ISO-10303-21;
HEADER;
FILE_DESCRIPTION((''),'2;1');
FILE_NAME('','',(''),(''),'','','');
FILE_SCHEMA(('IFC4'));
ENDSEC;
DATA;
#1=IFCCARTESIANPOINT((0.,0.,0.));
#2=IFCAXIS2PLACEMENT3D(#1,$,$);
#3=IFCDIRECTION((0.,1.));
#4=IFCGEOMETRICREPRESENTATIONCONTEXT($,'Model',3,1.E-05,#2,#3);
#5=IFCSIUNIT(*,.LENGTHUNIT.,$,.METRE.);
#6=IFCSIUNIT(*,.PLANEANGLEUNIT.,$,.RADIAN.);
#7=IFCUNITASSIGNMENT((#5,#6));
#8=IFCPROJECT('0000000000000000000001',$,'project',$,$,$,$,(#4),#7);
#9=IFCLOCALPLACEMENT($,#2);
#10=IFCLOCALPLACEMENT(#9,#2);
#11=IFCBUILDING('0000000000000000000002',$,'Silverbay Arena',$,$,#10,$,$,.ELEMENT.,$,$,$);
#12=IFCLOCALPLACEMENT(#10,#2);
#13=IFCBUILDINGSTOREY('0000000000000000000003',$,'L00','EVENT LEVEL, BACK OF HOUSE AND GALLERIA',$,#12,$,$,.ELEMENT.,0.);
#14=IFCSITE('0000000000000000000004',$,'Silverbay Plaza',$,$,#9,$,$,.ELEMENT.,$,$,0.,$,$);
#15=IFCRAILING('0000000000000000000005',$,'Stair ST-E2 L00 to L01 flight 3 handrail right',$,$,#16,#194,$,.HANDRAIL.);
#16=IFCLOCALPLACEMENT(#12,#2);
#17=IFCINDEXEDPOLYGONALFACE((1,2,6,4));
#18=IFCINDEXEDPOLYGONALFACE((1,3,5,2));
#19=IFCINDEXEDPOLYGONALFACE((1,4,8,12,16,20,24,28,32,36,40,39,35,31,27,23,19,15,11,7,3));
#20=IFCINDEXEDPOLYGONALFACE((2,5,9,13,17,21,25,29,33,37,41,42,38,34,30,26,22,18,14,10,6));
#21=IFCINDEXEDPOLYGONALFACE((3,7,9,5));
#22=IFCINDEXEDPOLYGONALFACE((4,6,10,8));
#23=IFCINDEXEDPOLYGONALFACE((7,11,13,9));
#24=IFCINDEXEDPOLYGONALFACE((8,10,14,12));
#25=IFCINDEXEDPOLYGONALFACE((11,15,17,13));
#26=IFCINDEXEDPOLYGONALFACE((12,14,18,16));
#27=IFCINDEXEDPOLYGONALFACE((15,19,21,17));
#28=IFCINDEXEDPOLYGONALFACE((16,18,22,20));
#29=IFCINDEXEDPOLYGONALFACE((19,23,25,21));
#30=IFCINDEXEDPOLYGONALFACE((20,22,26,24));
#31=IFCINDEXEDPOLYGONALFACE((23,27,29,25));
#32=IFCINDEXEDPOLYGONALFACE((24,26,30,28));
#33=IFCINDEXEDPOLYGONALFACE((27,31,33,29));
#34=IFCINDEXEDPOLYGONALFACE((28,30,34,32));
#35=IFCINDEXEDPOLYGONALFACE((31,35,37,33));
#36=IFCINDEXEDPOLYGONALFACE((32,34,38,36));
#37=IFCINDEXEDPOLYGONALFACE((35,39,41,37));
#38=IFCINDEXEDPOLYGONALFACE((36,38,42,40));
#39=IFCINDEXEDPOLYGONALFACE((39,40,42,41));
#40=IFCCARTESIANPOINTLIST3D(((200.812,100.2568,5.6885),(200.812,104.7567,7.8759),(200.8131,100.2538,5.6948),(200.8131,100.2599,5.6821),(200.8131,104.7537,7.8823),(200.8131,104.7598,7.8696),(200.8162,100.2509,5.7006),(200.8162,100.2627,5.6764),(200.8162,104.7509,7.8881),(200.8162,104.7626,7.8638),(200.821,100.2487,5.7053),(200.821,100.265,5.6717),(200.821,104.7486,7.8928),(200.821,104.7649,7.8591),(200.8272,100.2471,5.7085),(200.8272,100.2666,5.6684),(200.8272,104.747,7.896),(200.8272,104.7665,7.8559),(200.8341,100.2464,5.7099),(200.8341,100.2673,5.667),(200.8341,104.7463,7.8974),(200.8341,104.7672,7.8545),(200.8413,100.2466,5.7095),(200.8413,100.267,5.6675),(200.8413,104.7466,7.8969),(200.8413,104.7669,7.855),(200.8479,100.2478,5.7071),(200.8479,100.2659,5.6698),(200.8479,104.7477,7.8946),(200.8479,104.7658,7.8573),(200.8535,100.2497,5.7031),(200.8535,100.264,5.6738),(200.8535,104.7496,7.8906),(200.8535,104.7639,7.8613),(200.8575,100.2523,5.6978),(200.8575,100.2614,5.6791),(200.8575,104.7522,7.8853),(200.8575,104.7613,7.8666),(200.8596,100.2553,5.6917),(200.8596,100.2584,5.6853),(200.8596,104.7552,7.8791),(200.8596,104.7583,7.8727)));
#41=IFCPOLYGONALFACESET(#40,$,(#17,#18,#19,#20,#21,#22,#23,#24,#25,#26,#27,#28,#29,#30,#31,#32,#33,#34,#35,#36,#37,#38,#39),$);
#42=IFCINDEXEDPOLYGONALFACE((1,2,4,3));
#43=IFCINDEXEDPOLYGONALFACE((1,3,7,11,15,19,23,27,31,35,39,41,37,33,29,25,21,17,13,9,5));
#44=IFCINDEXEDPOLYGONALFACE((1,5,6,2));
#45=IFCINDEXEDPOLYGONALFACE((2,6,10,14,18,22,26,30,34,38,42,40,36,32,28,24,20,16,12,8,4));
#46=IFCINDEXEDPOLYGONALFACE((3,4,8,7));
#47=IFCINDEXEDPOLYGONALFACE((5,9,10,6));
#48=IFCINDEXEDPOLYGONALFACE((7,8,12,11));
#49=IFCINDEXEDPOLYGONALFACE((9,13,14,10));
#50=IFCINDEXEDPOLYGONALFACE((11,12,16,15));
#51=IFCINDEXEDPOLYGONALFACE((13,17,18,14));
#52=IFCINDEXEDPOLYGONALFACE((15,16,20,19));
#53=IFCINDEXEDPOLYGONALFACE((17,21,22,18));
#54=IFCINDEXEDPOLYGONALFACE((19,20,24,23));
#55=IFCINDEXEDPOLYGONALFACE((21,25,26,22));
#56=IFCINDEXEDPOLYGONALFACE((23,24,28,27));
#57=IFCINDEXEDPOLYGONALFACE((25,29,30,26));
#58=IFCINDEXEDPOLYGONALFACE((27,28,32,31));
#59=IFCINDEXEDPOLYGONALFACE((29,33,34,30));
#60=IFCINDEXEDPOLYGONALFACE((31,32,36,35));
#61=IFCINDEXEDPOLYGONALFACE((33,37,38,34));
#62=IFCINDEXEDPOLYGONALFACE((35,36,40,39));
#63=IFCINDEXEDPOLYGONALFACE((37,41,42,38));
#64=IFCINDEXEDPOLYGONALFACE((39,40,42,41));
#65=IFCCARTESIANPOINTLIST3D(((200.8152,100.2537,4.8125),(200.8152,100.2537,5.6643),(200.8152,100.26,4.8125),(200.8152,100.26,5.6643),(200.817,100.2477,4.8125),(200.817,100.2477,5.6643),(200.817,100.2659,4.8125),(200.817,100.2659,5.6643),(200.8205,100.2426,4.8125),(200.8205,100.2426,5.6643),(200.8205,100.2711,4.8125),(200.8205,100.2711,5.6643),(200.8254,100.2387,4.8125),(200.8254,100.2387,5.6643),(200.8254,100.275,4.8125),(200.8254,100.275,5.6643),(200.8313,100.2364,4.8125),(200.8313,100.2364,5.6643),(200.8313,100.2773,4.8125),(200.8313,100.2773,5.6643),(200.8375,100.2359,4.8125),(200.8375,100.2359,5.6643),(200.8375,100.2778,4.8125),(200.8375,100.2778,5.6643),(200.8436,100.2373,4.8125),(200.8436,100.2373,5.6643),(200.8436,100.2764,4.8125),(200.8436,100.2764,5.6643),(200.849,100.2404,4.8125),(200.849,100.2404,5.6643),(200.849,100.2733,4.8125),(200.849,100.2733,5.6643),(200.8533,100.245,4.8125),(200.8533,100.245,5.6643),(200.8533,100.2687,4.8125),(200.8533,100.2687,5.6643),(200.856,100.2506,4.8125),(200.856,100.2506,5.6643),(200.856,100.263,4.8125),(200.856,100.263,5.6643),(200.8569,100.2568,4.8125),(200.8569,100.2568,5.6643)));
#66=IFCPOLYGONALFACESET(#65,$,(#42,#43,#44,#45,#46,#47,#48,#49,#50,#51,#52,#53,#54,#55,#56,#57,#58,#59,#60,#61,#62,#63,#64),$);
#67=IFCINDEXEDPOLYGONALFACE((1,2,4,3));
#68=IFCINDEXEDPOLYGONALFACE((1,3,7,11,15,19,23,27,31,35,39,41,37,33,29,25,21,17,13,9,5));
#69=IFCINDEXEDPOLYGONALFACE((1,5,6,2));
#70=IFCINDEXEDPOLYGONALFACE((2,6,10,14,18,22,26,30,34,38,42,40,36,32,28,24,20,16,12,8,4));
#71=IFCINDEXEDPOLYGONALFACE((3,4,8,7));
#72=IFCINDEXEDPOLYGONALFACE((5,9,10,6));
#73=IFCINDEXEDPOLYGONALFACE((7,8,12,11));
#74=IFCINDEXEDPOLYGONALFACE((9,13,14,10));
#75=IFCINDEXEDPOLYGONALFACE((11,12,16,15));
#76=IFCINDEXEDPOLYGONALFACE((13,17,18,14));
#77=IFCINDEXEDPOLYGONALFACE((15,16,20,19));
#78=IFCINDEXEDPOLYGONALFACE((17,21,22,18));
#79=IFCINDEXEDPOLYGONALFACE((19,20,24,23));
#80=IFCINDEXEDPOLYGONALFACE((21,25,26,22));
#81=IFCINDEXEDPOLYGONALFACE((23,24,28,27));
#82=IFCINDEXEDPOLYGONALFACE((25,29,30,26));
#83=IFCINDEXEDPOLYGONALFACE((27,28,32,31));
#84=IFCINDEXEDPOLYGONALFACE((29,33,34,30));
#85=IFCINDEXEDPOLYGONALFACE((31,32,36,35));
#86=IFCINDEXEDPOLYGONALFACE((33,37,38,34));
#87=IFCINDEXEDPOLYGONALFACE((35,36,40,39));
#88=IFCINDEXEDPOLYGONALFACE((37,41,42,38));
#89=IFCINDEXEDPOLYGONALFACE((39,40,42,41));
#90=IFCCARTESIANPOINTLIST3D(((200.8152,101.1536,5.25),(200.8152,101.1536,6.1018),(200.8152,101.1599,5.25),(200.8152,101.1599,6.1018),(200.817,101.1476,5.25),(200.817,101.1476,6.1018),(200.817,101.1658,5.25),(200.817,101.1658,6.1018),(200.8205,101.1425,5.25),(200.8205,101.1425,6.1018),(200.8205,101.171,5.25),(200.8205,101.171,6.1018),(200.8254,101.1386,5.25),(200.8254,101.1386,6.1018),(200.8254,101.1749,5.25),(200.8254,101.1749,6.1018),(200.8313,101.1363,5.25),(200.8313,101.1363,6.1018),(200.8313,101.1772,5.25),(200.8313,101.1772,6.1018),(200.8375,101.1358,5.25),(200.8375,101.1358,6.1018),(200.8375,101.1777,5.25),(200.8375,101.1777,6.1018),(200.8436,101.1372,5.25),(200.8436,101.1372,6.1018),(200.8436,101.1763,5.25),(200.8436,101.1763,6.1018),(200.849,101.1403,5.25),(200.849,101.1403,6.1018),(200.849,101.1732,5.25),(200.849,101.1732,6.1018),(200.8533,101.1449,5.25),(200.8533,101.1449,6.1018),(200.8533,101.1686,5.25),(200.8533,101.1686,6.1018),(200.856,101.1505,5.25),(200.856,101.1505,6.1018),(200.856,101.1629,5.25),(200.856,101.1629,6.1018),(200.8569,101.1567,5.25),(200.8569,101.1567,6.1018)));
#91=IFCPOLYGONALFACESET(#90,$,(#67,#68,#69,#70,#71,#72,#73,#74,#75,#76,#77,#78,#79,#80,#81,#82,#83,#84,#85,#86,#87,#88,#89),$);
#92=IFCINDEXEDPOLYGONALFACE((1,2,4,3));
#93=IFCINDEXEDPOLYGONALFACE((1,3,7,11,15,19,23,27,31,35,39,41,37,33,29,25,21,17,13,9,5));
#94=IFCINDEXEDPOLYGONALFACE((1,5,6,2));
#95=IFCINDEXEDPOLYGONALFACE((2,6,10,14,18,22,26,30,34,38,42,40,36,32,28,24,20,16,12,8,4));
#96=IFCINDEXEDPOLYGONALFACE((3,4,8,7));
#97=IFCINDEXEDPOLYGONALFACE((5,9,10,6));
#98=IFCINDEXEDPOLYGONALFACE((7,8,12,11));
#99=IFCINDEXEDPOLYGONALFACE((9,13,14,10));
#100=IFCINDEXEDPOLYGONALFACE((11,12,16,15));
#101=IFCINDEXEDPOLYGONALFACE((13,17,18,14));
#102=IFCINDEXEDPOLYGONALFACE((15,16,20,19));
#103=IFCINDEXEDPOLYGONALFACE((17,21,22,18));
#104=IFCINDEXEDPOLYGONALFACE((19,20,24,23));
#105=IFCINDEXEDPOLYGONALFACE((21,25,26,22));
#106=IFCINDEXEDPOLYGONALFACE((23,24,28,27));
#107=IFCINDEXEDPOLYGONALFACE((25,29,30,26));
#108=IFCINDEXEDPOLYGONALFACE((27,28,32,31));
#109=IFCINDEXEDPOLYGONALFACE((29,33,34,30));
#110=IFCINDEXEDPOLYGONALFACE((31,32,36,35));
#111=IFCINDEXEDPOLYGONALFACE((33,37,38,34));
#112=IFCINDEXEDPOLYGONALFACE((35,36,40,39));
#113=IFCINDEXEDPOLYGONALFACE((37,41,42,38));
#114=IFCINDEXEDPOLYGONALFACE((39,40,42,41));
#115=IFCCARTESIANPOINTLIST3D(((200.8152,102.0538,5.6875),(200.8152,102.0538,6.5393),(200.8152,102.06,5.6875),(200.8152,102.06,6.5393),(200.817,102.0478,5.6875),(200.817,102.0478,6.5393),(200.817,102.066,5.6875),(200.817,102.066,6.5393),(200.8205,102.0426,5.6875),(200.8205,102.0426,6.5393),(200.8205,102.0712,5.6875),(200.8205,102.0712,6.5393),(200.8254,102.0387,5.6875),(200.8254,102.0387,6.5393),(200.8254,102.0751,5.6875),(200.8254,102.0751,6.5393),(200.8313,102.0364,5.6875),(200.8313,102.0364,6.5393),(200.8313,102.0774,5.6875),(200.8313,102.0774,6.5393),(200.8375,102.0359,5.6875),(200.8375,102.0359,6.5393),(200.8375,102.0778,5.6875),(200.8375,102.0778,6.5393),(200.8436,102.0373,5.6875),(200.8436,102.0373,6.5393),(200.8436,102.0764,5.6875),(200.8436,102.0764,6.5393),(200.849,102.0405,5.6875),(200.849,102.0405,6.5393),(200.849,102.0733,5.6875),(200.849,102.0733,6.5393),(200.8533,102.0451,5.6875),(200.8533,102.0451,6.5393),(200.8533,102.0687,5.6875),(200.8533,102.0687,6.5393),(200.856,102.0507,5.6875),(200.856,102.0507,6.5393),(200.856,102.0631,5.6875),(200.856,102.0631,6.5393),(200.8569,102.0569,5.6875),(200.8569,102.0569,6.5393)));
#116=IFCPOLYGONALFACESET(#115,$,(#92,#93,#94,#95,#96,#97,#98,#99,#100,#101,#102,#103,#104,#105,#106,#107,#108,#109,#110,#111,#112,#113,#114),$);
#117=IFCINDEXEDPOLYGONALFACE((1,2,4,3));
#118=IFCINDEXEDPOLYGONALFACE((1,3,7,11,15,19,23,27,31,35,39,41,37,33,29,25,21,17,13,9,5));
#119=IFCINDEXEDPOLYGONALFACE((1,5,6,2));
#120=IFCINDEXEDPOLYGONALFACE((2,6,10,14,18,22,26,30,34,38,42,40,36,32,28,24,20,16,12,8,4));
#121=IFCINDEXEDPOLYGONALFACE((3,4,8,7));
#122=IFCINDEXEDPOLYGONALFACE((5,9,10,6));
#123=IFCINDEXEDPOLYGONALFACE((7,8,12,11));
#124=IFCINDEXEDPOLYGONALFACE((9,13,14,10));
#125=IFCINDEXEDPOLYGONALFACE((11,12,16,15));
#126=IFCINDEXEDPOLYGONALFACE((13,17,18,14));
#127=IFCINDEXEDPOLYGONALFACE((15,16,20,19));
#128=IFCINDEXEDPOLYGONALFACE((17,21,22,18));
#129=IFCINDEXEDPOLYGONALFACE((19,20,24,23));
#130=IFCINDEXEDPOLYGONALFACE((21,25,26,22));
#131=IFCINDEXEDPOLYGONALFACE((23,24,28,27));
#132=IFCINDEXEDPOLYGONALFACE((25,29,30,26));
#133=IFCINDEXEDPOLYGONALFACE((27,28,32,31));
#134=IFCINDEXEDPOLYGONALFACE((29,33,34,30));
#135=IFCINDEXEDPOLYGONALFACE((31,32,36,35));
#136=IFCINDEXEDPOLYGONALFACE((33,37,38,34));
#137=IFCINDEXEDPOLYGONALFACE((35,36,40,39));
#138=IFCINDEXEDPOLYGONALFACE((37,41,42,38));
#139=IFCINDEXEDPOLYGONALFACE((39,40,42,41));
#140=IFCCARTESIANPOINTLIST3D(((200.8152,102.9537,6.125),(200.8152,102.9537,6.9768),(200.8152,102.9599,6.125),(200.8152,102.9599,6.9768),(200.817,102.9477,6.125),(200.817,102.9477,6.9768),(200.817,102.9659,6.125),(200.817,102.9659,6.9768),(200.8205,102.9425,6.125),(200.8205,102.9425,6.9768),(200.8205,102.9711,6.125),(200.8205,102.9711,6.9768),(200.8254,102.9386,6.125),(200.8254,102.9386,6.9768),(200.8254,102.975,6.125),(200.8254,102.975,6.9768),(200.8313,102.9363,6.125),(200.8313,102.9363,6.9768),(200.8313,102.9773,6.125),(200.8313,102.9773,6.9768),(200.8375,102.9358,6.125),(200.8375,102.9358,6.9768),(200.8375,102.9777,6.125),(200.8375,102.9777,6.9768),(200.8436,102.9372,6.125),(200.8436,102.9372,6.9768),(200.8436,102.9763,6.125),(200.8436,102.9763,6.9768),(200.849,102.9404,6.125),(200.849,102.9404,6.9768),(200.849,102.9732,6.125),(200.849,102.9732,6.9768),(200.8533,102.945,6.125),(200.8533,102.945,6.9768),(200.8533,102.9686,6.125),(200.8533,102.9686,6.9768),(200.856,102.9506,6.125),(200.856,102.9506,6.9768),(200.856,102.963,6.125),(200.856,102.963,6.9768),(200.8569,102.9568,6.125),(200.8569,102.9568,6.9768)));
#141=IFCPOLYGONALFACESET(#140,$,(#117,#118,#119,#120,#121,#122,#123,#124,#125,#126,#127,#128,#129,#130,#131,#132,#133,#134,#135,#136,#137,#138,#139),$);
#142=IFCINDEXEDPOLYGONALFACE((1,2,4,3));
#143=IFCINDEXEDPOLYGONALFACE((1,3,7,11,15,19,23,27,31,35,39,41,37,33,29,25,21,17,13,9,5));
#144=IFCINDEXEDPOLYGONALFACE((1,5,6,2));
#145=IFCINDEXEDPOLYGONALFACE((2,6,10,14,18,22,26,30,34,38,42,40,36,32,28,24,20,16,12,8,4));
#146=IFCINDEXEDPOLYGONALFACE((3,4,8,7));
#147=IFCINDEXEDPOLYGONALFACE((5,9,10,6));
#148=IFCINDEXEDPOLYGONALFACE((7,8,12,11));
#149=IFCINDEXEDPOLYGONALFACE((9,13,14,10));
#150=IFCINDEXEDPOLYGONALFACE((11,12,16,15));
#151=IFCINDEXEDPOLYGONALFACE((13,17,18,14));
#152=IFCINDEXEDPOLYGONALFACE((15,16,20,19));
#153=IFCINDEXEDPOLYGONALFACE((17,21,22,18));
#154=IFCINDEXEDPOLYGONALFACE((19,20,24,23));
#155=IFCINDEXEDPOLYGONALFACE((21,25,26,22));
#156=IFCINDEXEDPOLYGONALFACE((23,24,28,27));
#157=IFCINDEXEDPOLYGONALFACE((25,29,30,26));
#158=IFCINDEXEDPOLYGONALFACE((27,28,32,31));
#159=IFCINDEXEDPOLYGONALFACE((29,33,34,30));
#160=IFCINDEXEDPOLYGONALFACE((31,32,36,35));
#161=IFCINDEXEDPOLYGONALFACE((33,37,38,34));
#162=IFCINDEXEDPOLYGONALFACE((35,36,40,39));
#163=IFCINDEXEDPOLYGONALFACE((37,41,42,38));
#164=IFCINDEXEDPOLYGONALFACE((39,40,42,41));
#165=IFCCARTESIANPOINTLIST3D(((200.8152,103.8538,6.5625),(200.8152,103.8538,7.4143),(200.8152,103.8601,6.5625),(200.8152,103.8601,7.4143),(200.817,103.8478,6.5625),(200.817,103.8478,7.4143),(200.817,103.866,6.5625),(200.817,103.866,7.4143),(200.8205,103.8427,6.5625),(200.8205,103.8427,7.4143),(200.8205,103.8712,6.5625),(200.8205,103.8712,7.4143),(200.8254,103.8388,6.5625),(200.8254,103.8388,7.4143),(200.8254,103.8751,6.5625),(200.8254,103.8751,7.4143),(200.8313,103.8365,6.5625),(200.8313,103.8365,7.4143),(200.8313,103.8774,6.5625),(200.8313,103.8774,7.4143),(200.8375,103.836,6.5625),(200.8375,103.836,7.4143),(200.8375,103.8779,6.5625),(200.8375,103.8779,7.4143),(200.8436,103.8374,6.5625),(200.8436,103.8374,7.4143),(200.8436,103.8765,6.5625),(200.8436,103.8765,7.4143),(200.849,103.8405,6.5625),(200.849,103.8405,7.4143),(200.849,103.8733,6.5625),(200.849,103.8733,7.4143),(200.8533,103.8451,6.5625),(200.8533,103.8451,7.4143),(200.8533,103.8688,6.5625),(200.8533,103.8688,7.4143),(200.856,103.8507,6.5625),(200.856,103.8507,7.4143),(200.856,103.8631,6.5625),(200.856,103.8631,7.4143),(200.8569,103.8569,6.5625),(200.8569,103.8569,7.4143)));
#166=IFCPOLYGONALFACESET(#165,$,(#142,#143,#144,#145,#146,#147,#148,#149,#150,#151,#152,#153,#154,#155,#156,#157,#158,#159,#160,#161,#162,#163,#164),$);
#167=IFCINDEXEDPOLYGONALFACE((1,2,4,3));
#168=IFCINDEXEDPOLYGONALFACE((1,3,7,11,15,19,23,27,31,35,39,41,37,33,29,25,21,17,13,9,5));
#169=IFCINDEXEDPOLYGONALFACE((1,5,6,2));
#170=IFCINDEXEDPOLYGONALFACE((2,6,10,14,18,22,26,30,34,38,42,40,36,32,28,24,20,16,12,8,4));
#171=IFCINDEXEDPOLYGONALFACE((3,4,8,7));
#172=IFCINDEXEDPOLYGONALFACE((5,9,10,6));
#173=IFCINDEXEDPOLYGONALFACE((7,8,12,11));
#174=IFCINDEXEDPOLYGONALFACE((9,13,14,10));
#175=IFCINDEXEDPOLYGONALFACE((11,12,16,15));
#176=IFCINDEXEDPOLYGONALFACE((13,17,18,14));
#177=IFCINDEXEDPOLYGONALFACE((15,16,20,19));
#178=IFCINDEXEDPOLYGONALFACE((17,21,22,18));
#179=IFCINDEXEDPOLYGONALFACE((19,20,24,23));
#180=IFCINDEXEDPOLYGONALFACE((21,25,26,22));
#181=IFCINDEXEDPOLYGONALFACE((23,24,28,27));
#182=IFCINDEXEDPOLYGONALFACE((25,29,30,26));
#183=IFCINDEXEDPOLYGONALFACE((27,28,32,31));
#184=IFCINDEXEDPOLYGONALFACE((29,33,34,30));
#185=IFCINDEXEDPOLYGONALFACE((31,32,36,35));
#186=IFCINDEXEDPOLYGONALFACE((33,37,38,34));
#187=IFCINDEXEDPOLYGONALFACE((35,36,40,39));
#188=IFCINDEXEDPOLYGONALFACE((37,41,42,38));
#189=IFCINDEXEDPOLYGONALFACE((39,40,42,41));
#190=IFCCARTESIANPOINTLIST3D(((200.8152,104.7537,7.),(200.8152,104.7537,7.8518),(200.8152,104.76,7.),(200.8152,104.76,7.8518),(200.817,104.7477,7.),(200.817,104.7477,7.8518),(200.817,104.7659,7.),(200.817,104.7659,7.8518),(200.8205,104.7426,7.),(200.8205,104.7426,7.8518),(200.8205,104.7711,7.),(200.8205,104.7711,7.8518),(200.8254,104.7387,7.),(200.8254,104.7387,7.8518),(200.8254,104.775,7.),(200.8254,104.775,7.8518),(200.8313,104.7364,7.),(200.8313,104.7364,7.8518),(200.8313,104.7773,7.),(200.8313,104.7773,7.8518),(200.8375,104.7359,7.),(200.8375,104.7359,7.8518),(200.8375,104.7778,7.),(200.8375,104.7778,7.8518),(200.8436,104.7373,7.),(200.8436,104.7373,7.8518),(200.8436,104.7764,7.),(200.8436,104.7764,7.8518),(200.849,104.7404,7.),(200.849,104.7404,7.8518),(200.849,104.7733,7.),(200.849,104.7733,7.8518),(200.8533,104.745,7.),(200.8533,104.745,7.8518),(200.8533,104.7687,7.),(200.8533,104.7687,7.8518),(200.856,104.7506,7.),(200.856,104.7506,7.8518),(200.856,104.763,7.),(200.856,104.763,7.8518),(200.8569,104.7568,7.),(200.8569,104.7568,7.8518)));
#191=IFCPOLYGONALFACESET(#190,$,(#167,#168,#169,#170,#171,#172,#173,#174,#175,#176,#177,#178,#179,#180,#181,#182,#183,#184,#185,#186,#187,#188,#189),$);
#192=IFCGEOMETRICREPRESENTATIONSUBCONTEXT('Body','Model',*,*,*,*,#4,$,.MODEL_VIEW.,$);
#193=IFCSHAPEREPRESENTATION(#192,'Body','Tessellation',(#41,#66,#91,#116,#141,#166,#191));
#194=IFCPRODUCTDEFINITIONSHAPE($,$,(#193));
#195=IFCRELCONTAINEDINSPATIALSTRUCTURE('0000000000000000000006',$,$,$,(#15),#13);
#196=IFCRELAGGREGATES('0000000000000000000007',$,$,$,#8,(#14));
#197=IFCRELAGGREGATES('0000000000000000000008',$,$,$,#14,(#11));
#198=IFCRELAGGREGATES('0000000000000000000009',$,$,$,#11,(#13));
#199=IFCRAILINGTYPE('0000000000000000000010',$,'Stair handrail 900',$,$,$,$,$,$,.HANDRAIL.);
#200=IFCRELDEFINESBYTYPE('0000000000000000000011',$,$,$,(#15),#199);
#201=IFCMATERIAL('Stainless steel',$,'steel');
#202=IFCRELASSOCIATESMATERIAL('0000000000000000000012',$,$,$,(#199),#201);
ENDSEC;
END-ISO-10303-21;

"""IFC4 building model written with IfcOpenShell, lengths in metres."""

from ifc_helpers import new_model, si_unit, direction, frame, origin, origin_2d, place, context, subcontext, project, spatial, circle, extrude, material, type_object, element, save


model = new_model("IFC4")

# Units and contexts
model_context = context("Model", 3, precision=1e-05, world=origin(), true_north=direction((0.0, 1.0)))
body_context = subcontext(model_context, "Body", "Model", "MODEL_VIEW")
ifc_project = project(units=[si_unit("LENGTHUNIT", "METRE"), si_unit("PLANEANGLEUNIT", "RADIAN")], contexts=[model_context])

# Site, building, storey
site_placement = place(None, origin())
site = spatial("IfcSite", under=ifc_project, at=site_placement, Name="Silverbay Plaza", CompositionType="ELEMENT", RefElevation=0.0)
building_placement = place(site_placement, origin())
building = spatial("IfcBuilding", under=site, at=building_placement, Name="Silverbay Arena", CompositionType="ELEMENT")
storey_placement = place(building_placement, origin())
storey = spatial("IfcBuildingStorey", under=building, at=storey_placement, Name="L00", Description="EVENT LEVEL, BACK OF HOUSE AND GALLERIA", CompositionType="ELEMENT", Elevation=0.0)

# Railing
ifc_material_1 = material(Name="Stainless steel", Category="steel")
railing_type = type_object("IfcRailingType", Name="Stair handrail 900", PredefinedType="HANDRAIL", material=ifc_material_1)
for number, where, name in (
    (1, (200.8359, 100.2568, 4.8125), "Stair ST-E2 L00 to L01 flight 3 handrail right"),
):
    element("IfcRailing", number, at=place(storey_placement, frame(where)), inside=storey, type_object=railing_type, Name=name, PredefinedType="HANDRAIL", context=body_context, shape_type="SweptSolid", body=[
        extrude(circle(Radius=0.0239, at=origin_2d()), frame((0.0, 0.0, 0.876), z_axis=(0.0, 0.899368, 0.437193), x_axis=(-1.0, 0.0, 0.0)), (0.0, 0.0, 1.0), 5.0034),
        extrude(circle(Radius=0.021, at=origin_2d()), origin(), (0.0, 0.0, 1.0), 0.8518),
        extrude(circle(Radius=0.021, at=origin_2d()), frame((0.0, 0.8999, 0.4375)), (0.0, 0.0, 1.0), 0.8518),
        extrude(circle(Radius=0.021, at=origin_2d()), frame((0.0, 1.8, 0.875)), (0.0, 0.0, 1.0), 0.8518),
        extrude(circle(Radius=0.021, at=origin_2d()), frame((0.0, 2.7, 1.3125)), (0.0, 0.0, 1.0), 0.8518),
        extrude(circle(Radius=0.021, at=origin_2d()), frame((0.0, 3.6001, 1.75)), (0.0, 0.0, 1.0), 0.8518),
        extrude(circle(Radius=0.021, at=origin_2d()), frame((0.0, 4.5, 2.1875)), (0.0, 0.0, 1.0), 0.8518),
    ])

save(model, "model.ifc")
